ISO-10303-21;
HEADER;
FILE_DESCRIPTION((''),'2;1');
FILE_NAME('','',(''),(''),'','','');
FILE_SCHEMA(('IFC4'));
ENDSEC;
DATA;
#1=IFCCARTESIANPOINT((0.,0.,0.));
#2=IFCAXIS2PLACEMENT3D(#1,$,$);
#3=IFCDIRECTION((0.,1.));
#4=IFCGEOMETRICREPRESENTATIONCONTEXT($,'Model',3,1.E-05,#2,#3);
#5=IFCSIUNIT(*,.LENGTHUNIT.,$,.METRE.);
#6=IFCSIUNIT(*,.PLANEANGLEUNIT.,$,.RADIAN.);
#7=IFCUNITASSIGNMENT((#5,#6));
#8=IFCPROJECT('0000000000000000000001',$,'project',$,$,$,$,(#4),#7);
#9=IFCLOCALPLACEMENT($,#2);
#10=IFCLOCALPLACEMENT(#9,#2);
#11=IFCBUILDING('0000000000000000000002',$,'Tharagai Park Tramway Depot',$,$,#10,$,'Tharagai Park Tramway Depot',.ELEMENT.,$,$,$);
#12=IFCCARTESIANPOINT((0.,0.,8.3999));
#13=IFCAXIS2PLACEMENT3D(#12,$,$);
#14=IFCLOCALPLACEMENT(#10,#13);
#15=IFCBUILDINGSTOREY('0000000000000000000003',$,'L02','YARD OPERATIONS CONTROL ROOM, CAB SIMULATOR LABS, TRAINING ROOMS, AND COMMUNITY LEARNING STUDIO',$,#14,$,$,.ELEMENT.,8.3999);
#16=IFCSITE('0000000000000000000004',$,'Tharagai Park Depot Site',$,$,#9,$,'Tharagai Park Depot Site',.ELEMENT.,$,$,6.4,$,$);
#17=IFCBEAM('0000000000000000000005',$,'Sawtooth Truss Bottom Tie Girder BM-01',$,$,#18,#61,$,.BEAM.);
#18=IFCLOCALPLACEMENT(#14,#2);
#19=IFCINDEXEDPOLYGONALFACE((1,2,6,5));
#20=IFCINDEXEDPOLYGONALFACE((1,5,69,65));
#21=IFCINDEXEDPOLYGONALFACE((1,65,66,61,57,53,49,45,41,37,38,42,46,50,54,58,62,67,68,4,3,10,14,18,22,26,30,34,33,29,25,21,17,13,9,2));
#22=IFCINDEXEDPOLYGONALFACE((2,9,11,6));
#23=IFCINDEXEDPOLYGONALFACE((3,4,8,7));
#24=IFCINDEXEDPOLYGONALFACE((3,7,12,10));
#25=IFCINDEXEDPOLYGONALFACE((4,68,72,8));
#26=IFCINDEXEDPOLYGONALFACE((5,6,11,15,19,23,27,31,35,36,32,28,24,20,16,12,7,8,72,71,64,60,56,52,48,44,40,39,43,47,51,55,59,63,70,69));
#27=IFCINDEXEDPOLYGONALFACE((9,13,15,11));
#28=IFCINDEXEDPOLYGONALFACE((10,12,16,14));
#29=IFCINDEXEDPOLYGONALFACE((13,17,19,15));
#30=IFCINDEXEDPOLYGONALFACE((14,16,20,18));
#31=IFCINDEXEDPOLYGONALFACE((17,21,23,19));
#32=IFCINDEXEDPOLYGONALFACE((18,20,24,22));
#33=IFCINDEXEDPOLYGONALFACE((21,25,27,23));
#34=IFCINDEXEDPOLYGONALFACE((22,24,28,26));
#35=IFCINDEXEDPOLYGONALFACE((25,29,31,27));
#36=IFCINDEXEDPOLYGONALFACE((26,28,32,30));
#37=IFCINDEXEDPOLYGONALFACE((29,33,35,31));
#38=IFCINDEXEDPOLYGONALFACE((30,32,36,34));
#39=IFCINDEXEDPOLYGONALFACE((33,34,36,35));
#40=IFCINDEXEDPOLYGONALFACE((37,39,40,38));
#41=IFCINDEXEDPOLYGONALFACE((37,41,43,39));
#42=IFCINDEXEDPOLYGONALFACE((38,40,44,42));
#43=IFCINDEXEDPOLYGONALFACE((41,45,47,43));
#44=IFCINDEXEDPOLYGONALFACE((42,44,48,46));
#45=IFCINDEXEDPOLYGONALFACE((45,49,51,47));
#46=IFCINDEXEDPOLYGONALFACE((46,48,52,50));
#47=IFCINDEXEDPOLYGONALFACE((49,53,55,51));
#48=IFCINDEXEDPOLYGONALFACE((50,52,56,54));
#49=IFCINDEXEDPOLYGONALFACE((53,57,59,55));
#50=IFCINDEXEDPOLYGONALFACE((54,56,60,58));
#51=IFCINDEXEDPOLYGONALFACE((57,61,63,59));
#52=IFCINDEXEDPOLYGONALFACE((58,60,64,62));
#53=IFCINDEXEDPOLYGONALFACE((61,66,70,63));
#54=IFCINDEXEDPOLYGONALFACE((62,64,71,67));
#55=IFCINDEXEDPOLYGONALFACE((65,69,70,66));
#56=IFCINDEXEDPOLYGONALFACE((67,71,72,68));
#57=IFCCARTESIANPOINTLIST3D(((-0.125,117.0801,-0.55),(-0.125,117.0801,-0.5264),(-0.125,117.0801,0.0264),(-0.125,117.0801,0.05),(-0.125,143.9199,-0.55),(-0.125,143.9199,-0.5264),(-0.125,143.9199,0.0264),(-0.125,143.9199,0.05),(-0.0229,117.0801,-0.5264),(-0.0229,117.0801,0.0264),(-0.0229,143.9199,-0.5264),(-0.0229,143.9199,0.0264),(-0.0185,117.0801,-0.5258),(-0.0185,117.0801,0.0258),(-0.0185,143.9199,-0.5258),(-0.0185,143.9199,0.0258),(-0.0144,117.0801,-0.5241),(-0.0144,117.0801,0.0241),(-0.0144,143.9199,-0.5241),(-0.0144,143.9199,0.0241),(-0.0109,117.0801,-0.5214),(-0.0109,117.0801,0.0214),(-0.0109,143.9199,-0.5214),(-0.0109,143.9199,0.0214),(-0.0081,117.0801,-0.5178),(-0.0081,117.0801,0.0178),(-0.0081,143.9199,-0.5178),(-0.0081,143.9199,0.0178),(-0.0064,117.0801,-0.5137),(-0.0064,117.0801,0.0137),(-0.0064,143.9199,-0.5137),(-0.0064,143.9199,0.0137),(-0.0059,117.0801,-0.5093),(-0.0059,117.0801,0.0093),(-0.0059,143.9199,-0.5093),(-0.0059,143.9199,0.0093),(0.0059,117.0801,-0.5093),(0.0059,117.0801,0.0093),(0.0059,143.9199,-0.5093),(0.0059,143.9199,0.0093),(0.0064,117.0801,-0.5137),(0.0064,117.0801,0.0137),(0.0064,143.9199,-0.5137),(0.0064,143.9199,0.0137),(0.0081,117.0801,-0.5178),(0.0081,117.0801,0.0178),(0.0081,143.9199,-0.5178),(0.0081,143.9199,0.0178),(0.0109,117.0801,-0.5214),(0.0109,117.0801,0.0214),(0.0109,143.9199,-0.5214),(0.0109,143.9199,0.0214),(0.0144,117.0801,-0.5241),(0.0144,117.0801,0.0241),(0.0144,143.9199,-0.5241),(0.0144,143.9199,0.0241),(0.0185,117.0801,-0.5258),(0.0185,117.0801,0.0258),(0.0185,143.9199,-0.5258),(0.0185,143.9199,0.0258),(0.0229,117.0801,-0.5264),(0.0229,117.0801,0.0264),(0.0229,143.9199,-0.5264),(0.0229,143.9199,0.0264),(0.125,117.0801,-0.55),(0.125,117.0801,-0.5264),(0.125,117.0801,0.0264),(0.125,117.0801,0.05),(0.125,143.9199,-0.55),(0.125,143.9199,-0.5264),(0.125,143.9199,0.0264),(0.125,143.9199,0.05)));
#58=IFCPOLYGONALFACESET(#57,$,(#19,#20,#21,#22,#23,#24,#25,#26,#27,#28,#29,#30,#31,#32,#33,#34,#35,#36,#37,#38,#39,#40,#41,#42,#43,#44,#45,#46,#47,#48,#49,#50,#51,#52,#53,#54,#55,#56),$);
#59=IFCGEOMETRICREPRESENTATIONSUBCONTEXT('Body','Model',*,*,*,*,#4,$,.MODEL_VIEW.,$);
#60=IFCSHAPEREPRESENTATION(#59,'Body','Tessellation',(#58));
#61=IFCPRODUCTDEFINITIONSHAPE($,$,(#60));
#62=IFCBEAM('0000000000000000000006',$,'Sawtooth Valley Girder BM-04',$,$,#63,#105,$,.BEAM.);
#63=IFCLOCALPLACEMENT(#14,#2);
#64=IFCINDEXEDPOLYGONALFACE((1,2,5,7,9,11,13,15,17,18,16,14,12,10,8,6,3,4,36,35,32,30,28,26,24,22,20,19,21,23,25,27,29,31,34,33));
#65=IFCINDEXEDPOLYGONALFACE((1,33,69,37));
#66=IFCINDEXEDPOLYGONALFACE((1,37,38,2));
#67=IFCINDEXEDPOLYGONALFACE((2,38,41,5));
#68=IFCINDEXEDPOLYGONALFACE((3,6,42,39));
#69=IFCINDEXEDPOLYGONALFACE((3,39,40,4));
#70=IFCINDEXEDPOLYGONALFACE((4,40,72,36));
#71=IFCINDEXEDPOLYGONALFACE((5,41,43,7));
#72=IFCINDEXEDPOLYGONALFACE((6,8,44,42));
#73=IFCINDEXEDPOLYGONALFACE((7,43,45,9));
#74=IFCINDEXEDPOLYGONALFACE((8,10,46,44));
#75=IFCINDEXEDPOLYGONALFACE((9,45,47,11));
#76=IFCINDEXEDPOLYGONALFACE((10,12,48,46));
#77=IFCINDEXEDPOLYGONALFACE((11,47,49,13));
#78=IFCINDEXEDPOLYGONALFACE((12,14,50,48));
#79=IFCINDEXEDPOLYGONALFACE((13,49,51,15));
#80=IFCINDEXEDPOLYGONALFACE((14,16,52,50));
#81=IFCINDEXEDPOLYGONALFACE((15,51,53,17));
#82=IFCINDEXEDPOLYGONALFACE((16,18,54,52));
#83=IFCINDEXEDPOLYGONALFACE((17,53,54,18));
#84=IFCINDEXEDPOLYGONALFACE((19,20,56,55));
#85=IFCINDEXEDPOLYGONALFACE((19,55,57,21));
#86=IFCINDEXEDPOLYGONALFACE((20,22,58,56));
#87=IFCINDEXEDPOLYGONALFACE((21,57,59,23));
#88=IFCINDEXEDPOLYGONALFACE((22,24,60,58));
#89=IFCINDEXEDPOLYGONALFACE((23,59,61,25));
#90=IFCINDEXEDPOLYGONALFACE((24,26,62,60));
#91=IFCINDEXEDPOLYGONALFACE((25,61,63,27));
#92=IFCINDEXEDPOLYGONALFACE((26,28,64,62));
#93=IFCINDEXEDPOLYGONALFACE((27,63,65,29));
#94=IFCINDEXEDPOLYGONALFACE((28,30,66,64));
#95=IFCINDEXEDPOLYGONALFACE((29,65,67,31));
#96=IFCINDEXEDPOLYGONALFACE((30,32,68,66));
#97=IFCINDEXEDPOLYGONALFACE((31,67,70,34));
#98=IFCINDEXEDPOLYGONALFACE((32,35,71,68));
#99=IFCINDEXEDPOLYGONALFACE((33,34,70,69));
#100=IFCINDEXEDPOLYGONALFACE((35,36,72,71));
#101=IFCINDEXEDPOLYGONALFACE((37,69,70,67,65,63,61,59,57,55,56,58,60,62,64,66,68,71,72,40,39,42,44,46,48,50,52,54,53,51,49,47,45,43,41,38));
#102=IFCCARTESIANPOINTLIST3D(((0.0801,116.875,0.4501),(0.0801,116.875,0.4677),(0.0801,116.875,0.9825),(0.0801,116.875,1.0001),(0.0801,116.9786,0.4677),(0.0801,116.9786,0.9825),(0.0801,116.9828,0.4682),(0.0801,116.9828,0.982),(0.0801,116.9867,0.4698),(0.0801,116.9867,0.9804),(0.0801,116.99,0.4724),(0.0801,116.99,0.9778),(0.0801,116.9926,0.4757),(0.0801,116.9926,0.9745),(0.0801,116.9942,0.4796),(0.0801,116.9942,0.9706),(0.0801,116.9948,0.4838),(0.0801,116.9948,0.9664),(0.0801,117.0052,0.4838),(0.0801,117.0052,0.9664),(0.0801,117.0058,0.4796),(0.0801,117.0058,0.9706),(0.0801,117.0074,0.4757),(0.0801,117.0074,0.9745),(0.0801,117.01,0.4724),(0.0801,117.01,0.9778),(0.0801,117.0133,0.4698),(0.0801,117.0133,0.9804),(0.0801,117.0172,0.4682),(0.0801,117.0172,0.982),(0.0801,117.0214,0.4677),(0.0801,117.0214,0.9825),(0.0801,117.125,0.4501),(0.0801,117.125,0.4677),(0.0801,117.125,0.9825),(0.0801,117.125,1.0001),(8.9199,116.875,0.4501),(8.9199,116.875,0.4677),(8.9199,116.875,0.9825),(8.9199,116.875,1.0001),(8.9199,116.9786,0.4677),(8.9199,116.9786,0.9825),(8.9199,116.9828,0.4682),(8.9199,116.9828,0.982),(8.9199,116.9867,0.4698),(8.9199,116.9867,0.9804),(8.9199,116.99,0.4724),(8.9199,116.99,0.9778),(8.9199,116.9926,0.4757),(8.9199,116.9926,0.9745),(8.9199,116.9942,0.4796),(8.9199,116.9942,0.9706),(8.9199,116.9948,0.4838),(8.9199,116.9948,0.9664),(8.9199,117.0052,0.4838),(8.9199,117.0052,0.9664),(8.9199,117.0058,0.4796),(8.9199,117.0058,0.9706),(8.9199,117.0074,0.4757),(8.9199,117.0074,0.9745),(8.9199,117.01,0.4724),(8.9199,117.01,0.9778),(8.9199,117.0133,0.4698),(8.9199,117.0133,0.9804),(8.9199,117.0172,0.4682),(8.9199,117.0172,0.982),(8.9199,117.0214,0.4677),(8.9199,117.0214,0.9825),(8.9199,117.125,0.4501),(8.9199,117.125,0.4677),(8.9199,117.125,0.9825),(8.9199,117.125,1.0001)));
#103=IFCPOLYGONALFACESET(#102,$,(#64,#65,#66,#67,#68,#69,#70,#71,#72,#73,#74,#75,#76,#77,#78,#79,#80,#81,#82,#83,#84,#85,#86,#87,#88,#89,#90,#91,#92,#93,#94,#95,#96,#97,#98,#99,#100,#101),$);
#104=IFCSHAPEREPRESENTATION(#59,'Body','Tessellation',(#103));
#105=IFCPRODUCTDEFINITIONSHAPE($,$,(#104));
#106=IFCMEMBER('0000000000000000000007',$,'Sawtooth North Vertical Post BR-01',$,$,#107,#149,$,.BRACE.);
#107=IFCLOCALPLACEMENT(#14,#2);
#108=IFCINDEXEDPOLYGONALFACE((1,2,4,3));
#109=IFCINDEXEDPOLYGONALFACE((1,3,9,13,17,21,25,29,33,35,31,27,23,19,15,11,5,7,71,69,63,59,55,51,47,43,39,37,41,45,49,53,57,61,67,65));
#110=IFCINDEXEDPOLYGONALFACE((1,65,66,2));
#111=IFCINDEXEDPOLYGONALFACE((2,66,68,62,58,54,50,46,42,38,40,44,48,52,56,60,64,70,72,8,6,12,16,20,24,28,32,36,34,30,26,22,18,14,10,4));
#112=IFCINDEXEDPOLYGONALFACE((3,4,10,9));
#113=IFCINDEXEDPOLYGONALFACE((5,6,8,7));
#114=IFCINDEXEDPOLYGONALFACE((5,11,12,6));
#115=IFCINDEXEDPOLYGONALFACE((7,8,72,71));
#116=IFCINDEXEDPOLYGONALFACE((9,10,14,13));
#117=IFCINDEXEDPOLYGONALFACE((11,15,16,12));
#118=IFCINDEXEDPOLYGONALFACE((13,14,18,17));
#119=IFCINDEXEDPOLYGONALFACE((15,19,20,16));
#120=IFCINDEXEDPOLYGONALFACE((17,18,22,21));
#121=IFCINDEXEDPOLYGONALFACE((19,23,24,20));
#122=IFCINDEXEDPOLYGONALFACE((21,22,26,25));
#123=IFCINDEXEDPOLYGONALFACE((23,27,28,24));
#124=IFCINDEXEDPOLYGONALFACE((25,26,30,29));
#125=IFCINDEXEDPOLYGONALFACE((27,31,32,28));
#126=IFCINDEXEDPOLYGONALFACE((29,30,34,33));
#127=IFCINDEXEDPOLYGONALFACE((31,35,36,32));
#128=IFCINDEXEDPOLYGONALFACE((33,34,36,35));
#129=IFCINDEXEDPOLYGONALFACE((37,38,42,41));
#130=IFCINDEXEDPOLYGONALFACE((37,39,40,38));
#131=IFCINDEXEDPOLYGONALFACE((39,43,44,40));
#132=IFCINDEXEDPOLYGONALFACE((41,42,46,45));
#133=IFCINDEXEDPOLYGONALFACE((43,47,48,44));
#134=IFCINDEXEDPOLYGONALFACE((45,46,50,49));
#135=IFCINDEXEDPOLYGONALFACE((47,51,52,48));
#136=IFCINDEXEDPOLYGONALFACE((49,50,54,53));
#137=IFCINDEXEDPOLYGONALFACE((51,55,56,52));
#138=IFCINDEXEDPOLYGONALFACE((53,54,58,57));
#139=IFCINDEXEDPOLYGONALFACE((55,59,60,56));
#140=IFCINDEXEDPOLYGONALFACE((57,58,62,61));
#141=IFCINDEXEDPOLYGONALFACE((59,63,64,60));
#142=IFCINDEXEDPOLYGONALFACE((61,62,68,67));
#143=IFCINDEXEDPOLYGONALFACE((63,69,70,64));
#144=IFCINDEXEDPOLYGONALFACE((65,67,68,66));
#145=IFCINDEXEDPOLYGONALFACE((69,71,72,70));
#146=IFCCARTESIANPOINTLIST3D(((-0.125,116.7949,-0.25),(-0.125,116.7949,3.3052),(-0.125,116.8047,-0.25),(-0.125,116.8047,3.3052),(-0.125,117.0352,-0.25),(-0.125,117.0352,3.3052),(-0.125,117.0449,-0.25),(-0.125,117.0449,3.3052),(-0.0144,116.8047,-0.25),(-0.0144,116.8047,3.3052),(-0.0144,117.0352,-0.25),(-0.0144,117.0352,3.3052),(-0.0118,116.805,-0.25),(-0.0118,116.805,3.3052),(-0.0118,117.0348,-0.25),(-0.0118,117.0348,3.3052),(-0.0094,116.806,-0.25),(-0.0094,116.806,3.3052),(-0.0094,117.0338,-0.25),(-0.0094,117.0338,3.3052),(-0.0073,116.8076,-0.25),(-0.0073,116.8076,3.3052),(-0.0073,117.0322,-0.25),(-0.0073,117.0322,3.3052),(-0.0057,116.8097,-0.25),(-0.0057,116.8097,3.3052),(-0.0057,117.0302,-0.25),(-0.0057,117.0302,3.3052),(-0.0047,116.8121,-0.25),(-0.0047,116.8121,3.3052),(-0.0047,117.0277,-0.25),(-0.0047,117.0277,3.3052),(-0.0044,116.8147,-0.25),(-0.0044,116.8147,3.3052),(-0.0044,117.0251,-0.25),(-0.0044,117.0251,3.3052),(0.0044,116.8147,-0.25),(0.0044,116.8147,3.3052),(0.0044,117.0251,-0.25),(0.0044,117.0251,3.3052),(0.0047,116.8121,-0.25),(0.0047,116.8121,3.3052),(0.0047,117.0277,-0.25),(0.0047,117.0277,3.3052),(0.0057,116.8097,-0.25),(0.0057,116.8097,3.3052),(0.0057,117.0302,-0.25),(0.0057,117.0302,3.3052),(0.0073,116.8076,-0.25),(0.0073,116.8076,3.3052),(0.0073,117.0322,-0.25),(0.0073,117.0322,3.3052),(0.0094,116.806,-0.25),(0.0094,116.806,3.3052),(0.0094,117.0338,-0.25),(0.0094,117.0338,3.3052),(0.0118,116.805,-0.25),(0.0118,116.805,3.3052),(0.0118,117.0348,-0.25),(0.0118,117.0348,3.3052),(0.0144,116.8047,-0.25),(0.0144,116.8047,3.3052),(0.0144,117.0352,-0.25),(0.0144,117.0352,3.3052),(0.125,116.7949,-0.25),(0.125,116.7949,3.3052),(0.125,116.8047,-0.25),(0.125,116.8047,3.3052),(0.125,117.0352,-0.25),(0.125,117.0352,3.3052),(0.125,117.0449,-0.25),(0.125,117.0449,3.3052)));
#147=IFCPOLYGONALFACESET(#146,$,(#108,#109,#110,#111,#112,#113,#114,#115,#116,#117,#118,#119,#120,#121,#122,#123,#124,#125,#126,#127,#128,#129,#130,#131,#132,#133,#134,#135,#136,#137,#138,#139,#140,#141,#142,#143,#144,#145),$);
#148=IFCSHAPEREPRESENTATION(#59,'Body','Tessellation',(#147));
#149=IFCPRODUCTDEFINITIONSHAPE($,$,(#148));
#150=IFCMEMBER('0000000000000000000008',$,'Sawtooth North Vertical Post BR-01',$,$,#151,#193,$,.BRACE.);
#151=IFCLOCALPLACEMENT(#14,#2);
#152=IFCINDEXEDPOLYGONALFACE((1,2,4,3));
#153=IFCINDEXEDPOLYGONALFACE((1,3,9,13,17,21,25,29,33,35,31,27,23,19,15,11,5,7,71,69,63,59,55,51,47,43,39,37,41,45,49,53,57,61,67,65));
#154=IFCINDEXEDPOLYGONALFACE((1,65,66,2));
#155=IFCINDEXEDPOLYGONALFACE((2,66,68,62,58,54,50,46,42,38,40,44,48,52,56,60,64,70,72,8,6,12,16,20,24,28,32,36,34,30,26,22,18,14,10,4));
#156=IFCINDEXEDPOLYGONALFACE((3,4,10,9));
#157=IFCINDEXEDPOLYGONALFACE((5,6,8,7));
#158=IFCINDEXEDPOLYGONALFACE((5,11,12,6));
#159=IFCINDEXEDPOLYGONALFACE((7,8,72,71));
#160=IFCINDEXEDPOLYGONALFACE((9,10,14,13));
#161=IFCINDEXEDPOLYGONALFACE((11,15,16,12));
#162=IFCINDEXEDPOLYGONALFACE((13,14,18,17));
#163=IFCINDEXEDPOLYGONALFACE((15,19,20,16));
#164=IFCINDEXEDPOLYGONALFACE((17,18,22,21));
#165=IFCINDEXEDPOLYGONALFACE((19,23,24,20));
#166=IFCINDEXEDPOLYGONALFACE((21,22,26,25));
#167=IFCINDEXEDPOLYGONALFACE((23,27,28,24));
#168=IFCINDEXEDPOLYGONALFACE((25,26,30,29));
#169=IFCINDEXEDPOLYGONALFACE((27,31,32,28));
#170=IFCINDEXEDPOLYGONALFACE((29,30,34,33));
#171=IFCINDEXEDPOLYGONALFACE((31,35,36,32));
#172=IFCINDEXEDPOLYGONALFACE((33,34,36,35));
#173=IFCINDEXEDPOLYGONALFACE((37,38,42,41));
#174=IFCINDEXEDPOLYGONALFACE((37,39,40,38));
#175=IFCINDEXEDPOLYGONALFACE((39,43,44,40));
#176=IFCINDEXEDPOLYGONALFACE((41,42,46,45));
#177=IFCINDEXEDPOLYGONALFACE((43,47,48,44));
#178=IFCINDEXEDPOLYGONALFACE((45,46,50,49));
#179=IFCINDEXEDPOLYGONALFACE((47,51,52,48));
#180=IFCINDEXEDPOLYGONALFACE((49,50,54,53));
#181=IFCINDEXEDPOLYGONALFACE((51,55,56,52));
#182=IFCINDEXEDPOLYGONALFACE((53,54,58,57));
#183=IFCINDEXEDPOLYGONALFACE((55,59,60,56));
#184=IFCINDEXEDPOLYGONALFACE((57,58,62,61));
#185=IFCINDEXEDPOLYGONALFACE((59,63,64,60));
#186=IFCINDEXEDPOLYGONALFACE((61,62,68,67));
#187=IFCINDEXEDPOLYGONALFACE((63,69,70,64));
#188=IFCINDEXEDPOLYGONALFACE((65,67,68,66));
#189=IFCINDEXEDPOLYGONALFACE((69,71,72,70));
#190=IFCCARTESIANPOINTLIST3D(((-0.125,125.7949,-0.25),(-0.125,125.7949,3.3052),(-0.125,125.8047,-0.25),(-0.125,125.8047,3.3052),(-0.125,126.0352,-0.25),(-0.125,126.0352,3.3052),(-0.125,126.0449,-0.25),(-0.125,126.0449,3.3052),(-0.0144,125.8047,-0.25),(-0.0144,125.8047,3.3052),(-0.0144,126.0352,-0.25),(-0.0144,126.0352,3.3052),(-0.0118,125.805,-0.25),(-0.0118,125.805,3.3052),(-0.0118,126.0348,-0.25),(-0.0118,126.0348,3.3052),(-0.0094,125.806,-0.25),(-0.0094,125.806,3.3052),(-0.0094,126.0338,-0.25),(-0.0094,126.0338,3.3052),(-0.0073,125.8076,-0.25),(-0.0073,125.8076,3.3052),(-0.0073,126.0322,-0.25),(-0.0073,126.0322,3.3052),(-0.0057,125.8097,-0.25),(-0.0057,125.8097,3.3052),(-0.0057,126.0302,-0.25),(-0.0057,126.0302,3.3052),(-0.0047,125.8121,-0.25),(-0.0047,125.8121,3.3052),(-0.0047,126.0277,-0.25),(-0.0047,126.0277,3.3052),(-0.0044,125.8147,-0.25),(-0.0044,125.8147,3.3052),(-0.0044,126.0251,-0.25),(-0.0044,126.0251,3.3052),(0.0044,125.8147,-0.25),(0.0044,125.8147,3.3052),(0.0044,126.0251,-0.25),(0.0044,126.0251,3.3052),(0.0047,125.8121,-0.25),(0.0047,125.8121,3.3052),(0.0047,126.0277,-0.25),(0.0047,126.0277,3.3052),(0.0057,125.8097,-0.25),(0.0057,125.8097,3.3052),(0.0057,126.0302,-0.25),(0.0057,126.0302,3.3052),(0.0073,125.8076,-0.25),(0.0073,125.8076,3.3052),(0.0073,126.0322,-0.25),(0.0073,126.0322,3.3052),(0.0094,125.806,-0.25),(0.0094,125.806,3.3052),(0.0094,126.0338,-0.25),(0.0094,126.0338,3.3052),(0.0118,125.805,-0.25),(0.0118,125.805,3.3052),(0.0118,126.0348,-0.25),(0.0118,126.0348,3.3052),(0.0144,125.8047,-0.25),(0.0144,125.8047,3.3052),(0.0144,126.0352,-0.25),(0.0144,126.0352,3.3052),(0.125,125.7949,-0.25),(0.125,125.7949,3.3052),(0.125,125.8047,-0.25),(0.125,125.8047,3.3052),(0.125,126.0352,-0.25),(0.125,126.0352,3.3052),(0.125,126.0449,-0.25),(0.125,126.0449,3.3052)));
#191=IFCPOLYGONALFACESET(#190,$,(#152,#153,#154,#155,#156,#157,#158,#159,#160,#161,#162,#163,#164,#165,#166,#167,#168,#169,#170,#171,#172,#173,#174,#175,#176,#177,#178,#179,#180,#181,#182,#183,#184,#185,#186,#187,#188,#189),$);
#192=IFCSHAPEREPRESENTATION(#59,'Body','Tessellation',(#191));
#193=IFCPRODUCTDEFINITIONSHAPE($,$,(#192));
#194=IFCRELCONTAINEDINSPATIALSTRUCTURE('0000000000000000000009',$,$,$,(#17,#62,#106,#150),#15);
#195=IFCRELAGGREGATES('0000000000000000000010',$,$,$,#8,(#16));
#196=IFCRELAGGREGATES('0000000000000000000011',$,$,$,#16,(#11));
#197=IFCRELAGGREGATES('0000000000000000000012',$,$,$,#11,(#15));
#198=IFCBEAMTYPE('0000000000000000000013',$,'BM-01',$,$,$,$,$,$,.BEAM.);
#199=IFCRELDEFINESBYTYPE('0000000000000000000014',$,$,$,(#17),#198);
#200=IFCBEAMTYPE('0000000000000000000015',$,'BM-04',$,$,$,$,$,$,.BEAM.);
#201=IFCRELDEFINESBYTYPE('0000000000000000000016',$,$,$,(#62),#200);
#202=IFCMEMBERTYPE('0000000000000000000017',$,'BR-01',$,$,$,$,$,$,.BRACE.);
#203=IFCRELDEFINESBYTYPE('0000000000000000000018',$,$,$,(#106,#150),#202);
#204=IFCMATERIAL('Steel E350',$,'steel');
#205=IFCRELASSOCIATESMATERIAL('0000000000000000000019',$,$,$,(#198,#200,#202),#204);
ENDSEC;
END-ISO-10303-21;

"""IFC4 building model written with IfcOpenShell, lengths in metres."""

from ifc_helpers import new_model, si_unit, direction, frame, origin, origin_2d, place, context, subcontext, project, spatial, i_section, extrude, material, material_profile, profile_set, type_object, element, save


model = new_model("IFC4")

# Units and contexts
model_context = context("Model", 3, precision=1e-05, world=origin(), true_north=direction((0.0, 1.0)))
body_context = subcontext(model_context, "Body", "Model", "MODEL_VIEW")
ifc_project = project(units=[si_unit("LENGTHUNIT", "METRE"), si_unit("PLANEANGLEUNIT", "RADIAN")], contexts=[model_context])

# Site, building, storey
site_placement = place(None, origin())
site = spatial("IfcSite", under=ifc_project, at=site_placement, Name="Tharagai Park Depot Site", LongName="Tharagai Park Depot Site", CompositionType="ELEMENT", RefElevation=6.4)
building_placement = place(site_placement, origin())
building = spatial("IfcBuilding", under=site, at=building_placement, Name="Tharagai Park Tramway Depot", LongName="Tharagai Park Tramway Depot", CompositionType="ELEMENT")
storey_placement = place(building_placement, frame((0.0, 0.0, 8.3999)))
storey = spatial("IfcBuildingStorey", under=building, at=storey_placement, Name="L02", Description="YARD OPERATIONS CONTROL ROOM, CAB SIMULATOR LABS, TRAINING ROOMS, AND COMMUNITY LEARNING STUDIO", CompositionType="ELEMENT", Elevation=8.3999)

# Beams
ifc_material_1 = material(Name="Steel E350", Category="steel")
ifc_material_profile_1 = material_profile(ifc_material_1, i_section(OverallWidth=0.25, OverallDepth=0.6001, WebThickness=0.0117, FlangeThickness=0.0237, FilletRadius=0.0171, at=origin_2d()), Name="ISWB 600")
ifc_profile_set_1 = profile_set([ifc_material_profile_1], Name="Steel E350")
beam_type_1 = type_object("IfcBeamType", Name="BM-01", PredefinedType="BEAM", material=ifc_profile_set_1)
beam_1_placement = place(storey_placement, frame((0.0, 117.0801, -0.25), z_axis=(0.0, 1.0, 0.0), x_axis=(-1.0, 0.0, 0.0)))
element("IfcBeam", 1, at=beam_1_placement, inside=storey, type_object=beam_type_1, Name="Sawtooth Truss Bottom Tie Girder BM-01", PredefinedType="BEAM", context=body_context, shape_type="SweptSolid", body=[
    extrude(i_section(OverallWidth=0.25, OverallDepth=0.6001, WebThickness=0.0117, FlangeThickness=0.0237, FilletRadius=0.0171, at=origin_2d()), origin(), (0.0, 0.0, 1.0), 26.8398),
])
ifc_material_profile_2 = material_profile(ifc_material_1, i_section(OverallWidth=0.25, OverallDepth=0.55, WebThickness=0.0105, FlangeThickness=0.0176, FilletRadius=0.0161, at=origin_2d()), Name="ISWB 550")
ifc_profile_set_2 = profile_set([ifc_material_profile_2], Name="Steel E350")
beam_type_2 = type_object("IfcBeamType", Name="BM-04", PredefinedType="BEAM", material=ifc_profile_set_2)
beam_2_placement = place(storey_placement, frame((0.0801, 117.0, 0.7251), z_axis=(1.0, 0.0, 0.0), x_axis=(0.0, 1.0, 0.0)))
element("IfcBeam", 2, at=beam_2_placement, inside=storey, type_object=beam_type_2, Name="Sawtooth Valley Girder BM-04", PredefinedType="BEAM", context=body_context, shape_type="SweptSolid", body=[
    extrude(i_section(OverallWidth=0.25, OverallDepth=0.55, WebThickness=0.0105, FlangeThickness=0.0176, FilletRadius=0.0161, at=origin_2d()), origin(), (0.0, 0.0, 1.0), 8.8398),
])

# Members
ifc_material_profile_3 = material_profile(ifc_material_1, i_section(OverallWidth=0.25, OverallDepth=0.25, WebThickness=0.0088, FlangeThickness=0.0098, FilletRadius=0.01, at=origin_2d()), Name="ISHB 250")
ifc_profile_set_3 = profile_set([ifc_material_profile_3], Name="Steel E350")
member_type_1 = type_object("IfcMemberType", Name="BR-01", PredefinedType="BRACE", material=ifc_profile_set_3)
for number, where, z_axis, x_axis, name in (
    (3, (0.0, 116.9199, -0.25), (0.0, 0.0, 1.0), (1.0, 0.0, 0.0), "Sawtooth North Vertical Post BR-01"),
    (4, (0.0, 125.9199, -0.25), (0.0, 0.0, 1.0), (1.0, 0.0, 0.0), "Sawtooth North Vertical Post BR-01"),
):
    element("IfcMember", number, at=place(storey_placement, frame(where, z_axis=z_axis, x_axis=x_axis)), inside=storey, type_object=member_type_1, Name=name, PredefinedType="BRACE", context=body_context, shape_type="SweptSolid", body=[
        extrude(i_section(OverallWidth=0.25, OverallDepth=0.25, WebThickness=0.0088, FlangeThickness=0.0098, FilletRadius=0.01, at=origin_2d()), origin(), (0.0, 0.0, 1.0), 3.5552),
    ])

save(model, "model.ifc")
